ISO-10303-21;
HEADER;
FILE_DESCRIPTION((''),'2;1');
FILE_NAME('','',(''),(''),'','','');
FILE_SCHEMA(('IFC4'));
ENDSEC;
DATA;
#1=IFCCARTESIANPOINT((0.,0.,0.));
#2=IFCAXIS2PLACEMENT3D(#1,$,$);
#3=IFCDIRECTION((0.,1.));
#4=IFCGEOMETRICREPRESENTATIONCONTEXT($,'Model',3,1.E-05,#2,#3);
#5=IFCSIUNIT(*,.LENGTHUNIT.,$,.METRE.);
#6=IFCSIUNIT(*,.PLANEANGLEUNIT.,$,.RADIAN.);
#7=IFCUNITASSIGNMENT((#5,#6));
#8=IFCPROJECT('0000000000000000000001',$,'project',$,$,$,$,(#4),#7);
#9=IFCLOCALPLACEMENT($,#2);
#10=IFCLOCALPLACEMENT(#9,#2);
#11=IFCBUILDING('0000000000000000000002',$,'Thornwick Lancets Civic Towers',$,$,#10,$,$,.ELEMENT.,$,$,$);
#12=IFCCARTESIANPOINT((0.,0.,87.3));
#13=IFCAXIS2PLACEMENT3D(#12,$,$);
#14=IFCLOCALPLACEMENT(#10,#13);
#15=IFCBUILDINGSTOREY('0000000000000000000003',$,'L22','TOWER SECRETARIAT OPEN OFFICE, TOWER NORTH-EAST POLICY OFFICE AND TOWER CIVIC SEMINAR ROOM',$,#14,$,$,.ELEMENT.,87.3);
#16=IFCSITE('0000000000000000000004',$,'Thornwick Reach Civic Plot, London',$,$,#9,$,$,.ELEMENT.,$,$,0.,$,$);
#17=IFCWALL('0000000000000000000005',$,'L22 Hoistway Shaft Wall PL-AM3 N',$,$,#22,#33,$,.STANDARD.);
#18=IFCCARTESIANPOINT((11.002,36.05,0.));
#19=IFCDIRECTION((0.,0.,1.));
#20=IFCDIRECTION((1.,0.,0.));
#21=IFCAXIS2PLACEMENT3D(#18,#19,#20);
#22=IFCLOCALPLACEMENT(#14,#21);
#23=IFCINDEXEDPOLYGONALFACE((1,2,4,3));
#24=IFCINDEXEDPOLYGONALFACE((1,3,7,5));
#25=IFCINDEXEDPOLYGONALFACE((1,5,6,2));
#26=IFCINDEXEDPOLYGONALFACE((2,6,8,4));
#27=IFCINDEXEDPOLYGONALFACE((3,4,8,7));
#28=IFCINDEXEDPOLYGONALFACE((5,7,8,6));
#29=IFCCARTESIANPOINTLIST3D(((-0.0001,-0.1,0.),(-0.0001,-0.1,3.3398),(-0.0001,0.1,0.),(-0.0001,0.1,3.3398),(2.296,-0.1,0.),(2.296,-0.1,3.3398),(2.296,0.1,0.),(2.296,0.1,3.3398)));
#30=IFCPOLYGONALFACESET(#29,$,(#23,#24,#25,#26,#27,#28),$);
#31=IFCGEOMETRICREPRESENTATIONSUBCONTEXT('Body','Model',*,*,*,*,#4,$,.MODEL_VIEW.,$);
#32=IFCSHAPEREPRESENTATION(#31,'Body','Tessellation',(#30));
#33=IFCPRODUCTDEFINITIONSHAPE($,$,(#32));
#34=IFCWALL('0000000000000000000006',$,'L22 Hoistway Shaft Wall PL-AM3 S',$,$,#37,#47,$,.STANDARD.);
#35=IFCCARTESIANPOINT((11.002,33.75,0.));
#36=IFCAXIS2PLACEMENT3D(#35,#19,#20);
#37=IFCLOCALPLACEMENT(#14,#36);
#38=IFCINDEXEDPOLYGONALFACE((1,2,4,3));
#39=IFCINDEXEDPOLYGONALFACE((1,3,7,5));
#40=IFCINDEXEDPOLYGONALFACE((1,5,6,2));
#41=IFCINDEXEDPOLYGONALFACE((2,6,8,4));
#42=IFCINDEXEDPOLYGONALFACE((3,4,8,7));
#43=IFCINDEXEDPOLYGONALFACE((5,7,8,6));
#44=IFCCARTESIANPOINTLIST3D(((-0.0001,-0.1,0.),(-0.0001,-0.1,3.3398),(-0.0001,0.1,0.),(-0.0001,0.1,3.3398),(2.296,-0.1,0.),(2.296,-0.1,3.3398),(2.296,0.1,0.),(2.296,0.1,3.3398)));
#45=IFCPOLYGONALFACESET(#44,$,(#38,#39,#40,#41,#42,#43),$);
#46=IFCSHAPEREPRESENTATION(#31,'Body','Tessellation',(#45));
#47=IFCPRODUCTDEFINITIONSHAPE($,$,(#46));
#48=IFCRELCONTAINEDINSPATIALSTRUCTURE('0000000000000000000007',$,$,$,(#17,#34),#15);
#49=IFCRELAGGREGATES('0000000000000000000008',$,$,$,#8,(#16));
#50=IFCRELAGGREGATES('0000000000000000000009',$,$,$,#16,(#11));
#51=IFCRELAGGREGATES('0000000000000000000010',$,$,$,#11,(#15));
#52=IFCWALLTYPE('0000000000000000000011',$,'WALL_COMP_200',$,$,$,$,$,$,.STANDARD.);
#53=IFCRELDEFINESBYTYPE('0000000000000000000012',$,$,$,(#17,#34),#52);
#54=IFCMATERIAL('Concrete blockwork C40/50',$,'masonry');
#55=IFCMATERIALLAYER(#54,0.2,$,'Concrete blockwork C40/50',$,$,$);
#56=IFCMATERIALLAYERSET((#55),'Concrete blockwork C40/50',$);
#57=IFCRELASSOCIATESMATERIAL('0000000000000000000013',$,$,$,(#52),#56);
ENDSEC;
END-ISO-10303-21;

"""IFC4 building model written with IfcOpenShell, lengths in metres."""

from ifc_helpers import new_model, si_unit, direction, frame, frame_2d, origin, place, context, subcontext, project, spatial, rectangle, extrude, material, layer, layer_set, type_object, element, save


model = new_model("IFC4")

# Units and contexts
model_context = context("Model", 3, precision=1e-05, world=origin(), true_north=direction((0.0, 1.0)))
body_context = subcontext(model_context, "Body", "Model", "MODEL_VIEW")
ifc_project = project(units=[si_unit("LENGTHUNIT", "METRE"), si_unit("PLANEANGLEUNIT", "RADIAN")], contexts=[model_context])

# Site, building, storey
site_placement = place(None, origin())
site = spatial("IfcSite", under=ifc_project, at=site_placement, Name="Thornwick Reach Civic Plot, London", CompositionType="ELEMENT", RefElevation=0.0)
building_placement = place(site_placement, origin())
building = spatial("IfcBuilding", under=site, at=building_placement, Name="Thornwick Lancets Civic Towers", CompositionType="ELEMENT")
storey_placement = place(building_placement, frame((0.0, 0.0, 87.3)))
storey = spatial("IfcBuildingStorey", under=building, at=storey_placement, Name="L22", Description="TOWER SECRETARIAT OPEN OFFICE, TOWER NORTH-EAST POLICY OFFICE AND TOWER CIVIC SEMINAR ROOM", CompositionType="ELEMENT", Elevation=87.3)

# Shared definitions
ifc_material_1 = material(Name="Concrete blockwork C40/50", Category="masonry")
ifc_layer_1 = layer(ifc_material_1, 0.2, Name="Concrete blockwork C40/50")
ifc_layer_set_1 = layer_set([ifc_layer_1], Name="Concrete blockwork C40/50")
wall_type_1 = type_object("IfcWallType", Name="WALL_COMP_200", PredefinedType="STANDARD", material=ifc_layer_set_1)

# Walls
for number, where, z_axis, x_axis, name in (
    (1, (11.002, 36.05, 0.0), (0.0, 0.0, 1.0), (1.0, 0.0, 0.0), "L22 Hoistway Shaft Wall PL-AM3 N"),
    (2, (11.002, 33.75, 0.0), (0.0, 0.0, 1.0), (1.0, 0.0, 0.0), "L22 Hoistway Shaft Wall PL-AM3 S"),
):
    element("IfcWall", number, at=place(storey_placement, frame(where, z_axis=z_axis, x_axis=x_axis)), inside=storey, type_object=wall_type_1, Name=name, PredefinedType="STANDARD", context=body_context, shape_type="SweptSolid", body=[
        extrude(rectangle(XDim=2.2961, YDim=0.2, at=frame_2d((1.1479, 0.0))), origin(), (0.0, 0.0, 1.0), 3.3398),
    ])

save(model, "model.ifc")
